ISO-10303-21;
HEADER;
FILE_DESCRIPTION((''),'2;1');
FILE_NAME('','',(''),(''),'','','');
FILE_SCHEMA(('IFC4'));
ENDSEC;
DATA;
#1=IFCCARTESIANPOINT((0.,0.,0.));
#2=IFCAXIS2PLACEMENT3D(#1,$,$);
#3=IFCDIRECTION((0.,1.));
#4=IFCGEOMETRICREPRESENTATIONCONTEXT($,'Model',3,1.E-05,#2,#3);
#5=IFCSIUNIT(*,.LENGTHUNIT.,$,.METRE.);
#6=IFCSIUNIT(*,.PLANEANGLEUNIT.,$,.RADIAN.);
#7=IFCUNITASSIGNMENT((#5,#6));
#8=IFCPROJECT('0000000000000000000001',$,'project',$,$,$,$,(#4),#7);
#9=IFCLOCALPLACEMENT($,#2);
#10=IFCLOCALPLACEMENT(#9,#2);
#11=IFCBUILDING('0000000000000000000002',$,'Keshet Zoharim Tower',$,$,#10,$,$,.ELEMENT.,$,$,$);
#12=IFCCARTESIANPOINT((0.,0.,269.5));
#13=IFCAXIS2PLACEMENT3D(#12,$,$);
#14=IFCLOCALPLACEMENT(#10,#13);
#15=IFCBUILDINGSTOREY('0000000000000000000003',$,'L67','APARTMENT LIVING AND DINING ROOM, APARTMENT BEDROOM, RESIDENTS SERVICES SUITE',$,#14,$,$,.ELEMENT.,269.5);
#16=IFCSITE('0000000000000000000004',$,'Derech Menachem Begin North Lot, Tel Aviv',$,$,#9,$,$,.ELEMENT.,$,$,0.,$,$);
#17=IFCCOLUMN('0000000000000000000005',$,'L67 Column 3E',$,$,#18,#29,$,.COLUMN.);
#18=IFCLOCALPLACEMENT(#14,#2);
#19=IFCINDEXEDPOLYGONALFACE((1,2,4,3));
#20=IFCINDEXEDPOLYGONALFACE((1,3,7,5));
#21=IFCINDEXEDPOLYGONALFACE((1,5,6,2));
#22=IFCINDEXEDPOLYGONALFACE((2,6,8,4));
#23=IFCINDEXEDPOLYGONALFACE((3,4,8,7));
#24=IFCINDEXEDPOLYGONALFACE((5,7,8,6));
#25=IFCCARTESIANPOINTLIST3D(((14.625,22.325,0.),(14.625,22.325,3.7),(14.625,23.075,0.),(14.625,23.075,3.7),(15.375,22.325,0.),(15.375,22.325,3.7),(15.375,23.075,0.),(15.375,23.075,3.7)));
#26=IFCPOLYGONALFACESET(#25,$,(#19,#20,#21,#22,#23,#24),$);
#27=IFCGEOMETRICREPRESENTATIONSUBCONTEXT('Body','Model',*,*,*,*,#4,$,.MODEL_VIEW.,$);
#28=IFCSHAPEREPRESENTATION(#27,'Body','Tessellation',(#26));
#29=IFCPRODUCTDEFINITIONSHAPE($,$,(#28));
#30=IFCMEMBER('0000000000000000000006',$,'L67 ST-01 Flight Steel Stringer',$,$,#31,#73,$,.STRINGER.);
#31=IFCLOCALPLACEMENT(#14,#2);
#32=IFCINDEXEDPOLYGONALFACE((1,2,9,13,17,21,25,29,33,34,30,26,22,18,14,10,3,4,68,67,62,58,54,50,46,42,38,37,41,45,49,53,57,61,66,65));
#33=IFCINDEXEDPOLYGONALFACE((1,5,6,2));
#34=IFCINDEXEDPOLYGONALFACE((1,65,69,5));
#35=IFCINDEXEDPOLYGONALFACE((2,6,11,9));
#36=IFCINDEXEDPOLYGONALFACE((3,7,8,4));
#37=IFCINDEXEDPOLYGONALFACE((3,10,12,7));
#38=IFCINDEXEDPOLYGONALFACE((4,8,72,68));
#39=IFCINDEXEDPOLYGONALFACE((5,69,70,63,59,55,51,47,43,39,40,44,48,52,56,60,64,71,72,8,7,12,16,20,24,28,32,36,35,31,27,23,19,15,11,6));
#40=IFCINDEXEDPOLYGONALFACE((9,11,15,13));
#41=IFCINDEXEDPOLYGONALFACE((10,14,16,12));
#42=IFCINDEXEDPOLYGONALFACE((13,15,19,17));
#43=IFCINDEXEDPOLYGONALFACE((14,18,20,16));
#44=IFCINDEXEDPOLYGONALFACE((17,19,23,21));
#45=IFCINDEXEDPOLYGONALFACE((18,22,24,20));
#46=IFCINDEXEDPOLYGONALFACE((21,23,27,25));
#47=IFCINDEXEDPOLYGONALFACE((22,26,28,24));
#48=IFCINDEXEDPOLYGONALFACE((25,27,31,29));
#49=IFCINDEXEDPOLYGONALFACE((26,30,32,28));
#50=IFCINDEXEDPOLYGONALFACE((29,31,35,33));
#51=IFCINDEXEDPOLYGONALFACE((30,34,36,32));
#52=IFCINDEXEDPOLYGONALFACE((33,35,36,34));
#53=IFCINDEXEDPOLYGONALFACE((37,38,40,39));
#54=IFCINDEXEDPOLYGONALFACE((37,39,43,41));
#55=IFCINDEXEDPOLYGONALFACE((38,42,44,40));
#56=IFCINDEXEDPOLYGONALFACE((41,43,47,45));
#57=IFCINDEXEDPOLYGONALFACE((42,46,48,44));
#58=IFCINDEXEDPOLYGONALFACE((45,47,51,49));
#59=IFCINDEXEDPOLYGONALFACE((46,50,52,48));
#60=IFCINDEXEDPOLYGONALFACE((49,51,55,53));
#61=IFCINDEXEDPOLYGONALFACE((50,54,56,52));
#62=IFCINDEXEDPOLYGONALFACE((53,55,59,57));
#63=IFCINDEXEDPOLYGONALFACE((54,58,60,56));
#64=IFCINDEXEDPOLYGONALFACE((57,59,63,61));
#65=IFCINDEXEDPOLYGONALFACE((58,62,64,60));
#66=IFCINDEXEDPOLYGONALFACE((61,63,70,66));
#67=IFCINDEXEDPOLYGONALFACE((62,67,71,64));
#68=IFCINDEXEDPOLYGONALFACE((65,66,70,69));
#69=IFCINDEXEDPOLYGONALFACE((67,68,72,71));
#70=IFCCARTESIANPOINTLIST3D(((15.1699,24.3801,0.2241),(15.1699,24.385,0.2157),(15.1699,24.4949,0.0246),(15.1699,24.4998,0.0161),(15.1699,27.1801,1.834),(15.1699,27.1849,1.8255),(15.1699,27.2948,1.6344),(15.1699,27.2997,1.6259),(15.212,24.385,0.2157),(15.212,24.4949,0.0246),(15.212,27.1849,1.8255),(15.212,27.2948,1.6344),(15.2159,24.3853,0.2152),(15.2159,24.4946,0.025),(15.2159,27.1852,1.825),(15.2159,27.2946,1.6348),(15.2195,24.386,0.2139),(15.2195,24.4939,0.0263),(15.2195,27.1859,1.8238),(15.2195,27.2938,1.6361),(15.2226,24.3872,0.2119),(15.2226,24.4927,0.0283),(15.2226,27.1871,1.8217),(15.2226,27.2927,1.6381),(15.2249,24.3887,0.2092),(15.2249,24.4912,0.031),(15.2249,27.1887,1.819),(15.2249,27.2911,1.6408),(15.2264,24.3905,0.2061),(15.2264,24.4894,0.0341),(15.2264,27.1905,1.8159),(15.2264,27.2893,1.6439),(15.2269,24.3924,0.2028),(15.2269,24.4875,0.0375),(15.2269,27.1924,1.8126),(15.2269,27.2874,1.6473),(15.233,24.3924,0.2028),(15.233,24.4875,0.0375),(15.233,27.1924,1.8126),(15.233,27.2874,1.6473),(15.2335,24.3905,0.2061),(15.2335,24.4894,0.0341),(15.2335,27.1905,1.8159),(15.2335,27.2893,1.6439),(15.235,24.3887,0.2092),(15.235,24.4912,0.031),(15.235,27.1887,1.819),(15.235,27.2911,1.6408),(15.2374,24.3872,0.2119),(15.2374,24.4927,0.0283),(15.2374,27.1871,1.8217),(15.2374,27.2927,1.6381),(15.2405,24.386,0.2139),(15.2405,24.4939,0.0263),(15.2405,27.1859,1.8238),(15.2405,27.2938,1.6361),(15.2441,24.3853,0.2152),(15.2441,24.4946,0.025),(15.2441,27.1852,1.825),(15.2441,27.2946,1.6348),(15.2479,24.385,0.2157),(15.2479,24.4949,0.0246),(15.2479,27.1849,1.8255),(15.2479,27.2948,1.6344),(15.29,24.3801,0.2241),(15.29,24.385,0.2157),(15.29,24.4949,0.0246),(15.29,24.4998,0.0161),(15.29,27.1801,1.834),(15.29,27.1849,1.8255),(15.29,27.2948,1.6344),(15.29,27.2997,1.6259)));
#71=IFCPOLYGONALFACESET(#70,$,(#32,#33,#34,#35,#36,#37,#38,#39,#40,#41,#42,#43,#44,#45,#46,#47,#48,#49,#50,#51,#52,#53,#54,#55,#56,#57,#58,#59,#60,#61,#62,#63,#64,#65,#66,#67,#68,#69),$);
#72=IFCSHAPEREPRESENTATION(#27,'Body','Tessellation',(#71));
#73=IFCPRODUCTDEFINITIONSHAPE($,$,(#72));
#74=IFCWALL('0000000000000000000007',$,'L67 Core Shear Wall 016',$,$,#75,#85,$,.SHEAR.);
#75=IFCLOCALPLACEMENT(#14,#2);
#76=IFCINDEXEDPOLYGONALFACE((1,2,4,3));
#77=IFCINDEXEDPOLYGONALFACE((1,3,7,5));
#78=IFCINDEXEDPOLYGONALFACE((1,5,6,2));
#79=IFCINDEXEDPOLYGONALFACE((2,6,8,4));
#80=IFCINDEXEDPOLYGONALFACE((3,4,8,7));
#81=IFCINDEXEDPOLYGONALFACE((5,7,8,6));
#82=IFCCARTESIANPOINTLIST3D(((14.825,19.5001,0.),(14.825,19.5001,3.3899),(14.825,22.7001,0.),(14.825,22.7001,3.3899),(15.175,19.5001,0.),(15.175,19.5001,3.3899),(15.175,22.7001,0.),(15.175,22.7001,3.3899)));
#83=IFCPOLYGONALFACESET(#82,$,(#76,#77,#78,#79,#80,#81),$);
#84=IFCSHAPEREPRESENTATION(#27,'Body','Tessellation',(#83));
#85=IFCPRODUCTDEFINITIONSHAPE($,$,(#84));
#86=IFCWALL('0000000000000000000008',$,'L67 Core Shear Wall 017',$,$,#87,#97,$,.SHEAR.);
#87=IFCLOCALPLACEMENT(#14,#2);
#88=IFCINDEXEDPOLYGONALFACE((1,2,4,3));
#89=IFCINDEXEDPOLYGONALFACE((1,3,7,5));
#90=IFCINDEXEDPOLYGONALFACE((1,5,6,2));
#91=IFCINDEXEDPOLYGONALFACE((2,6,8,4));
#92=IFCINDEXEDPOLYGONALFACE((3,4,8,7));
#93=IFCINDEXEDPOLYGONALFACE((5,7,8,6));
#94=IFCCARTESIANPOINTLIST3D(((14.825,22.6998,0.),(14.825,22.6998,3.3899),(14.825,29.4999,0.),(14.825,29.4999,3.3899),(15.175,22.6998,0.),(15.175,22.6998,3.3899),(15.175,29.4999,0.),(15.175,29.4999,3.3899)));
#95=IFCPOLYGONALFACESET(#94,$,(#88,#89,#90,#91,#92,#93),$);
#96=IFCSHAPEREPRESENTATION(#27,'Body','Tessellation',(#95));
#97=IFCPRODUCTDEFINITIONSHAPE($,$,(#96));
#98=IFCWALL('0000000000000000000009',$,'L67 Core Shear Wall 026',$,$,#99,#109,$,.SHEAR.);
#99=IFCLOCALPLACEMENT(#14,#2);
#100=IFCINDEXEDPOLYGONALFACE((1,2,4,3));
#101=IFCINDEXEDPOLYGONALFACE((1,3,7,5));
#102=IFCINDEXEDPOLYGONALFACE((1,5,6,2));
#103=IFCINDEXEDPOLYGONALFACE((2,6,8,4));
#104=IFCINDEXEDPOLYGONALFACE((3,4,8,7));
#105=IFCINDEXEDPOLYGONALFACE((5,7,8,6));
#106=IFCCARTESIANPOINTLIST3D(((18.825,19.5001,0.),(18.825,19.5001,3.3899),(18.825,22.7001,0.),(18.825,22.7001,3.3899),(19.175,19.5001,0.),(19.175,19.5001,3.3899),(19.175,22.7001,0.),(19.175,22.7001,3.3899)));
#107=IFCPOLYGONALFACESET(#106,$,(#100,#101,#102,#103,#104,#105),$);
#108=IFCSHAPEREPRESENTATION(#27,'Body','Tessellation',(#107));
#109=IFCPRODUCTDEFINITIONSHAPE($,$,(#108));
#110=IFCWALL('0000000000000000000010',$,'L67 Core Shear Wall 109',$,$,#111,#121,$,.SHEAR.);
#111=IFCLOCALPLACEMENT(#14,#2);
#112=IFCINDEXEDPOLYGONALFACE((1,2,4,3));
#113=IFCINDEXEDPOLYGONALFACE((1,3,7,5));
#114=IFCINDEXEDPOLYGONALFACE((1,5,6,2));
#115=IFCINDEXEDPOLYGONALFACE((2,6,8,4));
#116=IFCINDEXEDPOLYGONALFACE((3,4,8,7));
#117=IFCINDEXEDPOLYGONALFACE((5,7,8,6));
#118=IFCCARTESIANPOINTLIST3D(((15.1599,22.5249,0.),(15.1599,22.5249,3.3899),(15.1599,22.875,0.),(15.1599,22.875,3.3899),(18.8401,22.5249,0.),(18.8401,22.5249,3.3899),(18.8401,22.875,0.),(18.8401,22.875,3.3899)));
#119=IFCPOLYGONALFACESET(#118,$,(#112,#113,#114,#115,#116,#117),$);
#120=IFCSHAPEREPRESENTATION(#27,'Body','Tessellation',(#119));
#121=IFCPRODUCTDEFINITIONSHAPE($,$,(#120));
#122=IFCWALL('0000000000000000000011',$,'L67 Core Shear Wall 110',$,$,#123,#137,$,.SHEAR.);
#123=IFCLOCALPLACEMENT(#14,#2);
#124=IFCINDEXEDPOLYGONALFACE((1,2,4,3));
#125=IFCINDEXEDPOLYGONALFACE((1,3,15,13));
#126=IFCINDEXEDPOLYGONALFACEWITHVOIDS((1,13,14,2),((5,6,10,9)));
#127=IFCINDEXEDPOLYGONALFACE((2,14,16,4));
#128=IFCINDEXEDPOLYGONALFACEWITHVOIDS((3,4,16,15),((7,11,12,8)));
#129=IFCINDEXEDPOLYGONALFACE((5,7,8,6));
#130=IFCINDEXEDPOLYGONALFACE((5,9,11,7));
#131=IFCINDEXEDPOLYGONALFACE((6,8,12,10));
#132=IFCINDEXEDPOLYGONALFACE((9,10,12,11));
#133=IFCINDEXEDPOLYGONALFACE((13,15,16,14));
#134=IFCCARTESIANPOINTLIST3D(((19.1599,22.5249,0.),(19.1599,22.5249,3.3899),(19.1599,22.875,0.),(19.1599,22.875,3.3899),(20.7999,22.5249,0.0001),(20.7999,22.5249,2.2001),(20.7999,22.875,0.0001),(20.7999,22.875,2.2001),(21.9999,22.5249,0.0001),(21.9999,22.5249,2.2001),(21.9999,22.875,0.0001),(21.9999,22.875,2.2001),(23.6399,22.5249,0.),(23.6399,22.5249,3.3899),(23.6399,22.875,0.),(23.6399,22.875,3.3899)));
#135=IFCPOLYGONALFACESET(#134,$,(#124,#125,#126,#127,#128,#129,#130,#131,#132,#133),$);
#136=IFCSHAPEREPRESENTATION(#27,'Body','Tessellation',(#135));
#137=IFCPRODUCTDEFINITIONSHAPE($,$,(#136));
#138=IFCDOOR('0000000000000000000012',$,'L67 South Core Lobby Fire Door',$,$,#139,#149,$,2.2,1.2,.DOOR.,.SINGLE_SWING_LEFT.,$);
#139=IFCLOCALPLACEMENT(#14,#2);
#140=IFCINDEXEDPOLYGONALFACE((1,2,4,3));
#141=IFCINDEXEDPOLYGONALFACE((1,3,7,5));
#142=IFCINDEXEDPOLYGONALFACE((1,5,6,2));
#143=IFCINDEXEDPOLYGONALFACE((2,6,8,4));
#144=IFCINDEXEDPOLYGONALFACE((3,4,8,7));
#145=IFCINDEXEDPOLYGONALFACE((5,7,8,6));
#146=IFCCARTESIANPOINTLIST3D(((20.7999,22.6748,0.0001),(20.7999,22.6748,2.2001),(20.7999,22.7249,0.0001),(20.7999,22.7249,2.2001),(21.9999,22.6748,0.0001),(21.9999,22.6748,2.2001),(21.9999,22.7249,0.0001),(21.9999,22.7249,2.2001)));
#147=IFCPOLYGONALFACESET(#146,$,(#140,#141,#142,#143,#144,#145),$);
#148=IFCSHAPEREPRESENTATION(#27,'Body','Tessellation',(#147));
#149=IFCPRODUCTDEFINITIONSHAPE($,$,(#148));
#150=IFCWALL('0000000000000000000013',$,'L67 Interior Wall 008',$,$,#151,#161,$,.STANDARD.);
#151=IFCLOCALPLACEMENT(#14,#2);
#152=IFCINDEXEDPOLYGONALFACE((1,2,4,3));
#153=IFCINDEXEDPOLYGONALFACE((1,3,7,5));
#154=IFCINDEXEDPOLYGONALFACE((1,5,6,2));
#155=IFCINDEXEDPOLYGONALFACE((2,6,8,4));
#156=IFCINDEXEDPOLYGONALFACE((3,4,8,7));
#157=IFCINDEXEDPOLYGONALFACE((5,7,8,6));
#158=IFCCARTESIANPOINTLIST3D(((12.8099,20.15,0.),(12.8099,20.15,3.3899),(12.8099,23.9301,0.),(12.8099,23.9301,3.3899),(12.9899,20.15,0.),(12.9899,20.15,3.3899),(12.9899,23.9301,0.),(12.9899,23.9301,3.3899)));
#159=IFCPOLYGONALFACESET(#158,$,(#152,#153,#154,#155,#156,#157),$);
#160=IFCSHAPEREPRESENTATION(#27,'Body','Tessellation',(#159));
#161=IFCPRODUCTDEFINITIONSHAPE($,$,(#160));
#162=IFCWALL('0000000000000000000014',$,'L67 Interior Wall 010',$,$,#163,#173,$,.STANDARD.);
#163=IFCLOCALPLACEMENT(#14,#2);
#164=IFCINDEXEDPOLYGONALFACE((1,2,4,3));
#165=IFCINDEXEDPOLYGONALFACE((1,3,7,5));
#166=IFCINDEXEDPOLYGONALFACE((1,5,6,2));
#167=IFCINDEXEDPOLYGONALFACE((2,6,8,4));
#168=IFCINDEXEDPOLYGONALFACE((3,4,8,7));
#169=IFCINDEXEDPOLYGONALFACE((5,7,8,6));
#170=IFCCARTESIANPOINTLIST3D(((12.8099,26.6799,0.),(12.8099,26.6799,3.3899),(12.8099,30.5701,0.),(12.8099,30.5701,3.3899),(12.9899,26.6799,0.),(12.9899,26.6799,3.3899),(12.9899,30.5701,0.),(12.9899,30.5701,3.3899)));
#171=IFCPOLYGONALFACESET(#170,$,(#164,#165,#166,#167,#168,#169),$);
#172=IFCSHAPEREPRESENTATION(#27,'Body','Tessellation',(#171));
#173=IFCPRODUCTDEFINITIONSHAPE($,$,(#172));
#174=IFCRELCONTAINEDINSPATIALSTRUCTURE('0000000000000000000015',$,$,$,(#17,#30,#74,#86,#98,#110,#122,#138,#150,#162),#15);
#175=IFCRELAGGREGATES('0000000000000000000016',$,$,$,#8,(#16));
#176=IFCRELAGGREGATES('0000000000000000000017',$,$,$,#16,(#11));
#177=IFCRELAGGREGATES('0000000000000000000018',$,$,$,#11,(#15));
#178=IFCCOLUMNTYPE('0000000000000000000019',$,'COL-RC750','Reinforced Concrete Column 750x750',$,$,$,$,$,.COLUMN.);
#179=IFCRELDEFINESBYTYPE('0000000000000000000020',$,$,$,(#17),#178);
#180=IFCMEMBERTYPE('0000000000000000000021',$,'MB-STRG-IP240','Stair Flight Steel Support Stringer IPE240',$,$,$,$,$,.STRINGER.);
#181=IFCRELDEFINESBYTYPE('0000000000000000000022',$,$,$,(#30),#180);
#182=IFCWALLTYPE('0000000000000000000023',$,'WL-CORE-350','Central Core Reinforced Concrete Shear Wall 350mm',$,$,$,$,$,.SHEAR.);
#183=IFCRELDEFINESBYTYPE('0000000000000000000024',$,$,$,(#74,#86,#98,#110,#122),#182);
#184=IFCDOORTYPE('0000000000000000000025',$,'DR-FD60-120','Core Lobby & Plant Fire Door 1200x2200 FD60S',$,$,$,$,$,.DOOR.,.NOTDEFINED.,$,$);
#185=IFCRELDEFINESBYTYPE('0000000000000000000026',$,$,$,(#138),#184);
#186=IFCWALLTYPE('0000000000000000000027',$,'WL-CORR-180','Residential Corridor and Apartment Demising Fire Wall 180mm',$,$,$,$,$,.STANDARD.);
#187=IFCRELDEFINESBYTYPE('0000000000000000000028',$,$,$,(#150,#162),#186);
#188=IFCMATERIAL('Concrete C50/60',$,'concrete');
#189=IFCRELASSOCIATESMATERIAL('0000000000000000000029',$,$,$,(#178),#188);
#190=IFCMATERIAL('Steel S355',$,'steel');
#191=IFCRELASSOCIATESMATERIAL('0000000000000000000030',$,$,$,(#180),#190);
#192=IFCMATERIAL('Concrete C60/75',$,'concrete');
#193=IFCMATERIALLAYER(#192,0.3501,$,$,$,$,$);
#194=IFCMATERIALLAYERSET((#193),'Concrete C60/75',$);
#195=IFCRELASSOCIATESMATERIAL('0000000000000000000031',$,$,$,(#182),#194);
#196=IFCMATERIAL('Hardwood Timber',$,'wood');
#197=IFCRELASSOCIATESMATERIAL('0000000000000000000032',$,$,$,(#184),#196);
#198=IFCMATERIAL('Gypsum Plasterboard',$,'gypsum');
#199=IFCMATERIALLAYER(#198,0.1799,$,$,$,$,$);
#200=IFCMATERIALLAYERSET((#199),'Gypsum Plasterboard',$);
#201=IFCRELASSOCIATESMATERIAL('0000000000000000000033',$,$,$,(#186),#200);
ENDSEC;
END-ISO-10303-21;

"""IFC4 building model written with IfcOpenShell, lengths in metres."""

from ifc_helpers import new_model, si_unit, direction, frame, frame_2d, origin, origin_2d, place, context, subcontext, project, spatial, rectangle, i_section, extrude, material, layer, layer_set, material_profile, profile_set, type_object, element, fill, save


model = new_model("IFC4")

# Units and contexts
model_context = context("Model", 3, precision=1e-05, world=origin(), true_north=direction((0.0, 1.0)))
body_context = subcontext(model_context, "Body", "Model", "MODEL_VIEW")
ifc_project = project(units=[si_unit("LENGTHUNIT", "METRE"), si_unit("PLANEANGLEUNIT", "RADIAN")], contexts=[model_context])

# Site, building, storey
site_placement = place(None, origin())
site = spatial("IfcSite", under=ifc_project, at=site_placement, Name="Derech Menachem Begin North Lot, Tel Aviv", CompositionType="ELEMENT", RefElevation=0.0)
building_placement = place(site_placement, origin())
building = spatial("IfcBuilding", under=site, at=building_placement, Name="Keshet Zoharim Tower", CompositionType="ELEMENT")
storey_placement = place(building_placement, frame((0.0, 0.0, 269.5)))
storey = spatial("IfcBuildingStorey", under=building, at=storey_placement, Name="L67", Description="APARTMENT LIVING AND DINING ROOM, APARTMENT BEDROOM, RESIDENTS SERVICES SUITE", CompositionType="ELEMENT", Elevation=269.5)

# Column
ifc_material_1 = material(Name="Concrete C50/60", Category="concrete")
ifc_material_profile_1 = material_profile(ifc_material_1, rectangle(XDim=0.75, YDim=0.75, at=origin_2d()), Name="RC750x750")
ifc_profile_set_1 = profile_set([ifc_material_profile_1], Name="Concrete C50/60")
column_type = type_object("IfcColumnType", Name="COL-RC750", Description="Reinforced Concrete Column 750x750", PredefinedType="COLUMN", material=ifc_profile_set_1)
column_placement = place(storey_placement, frame((15.0, 22.7, 0.0), z_axis=(0.0, 0.0, 1.0), x_axis=(1.0, 0.0, 0.0)))
element("IfcColumn", 1, at=column_placement, inside=storey, type_object=column_type, Name="L67 Column 3E", PredefinedType="COLUMN", context=body_context, shape_type="SweptSolid", body=[
    extrude(rectangle(XDim=0.75, YDim=0.75, at=origin_2d()), origin(), (0.0, 0.0, 1.0), 3.7),
])

# Member
ifc_material_2 = material(Name="Steel S355", Category="steel")
ifc_material_profile_2 = material_profile(ifc_material_2, i_section(OverallWidth=0.1201, OverallDepth=0.24, WebThickness=0.0061, FlangeThickness=0.0098, FilletRadius=0.0149, at=origin_2d()), Name="IPE240")
ifc_profile_set_2 = profile_set([ifc_material_profile_2], Name="Steel S355")
member_type = type_object("IfcMemberType", Name="MB-STRG-IP240", Description="Stair Flight Steel Support Stringer IPE240", PredefinedType="STRINGER", material=ifc_profile_set_2)
member_placement = place(storey_placement, frame((15.23, 24.4399, 0.1201), z_axis=(0.0, 0.866928, 0.498433), x_axis=(-1.0, 0.0, 0.0)))
element("IfcMember", 2, at=member_placement, inside=storey, type_object=member_type, Name="L67 ST-01 Flight Steel Stringer", PredefinedType="STRINGER", context=body_context, shape_type="SweptSolid", body=[
    extrude(i_section(OverallWidth=0.1201, OverallDepth=0.24, WebThickness=0.0061, FlangeThickness=0.0098, FilletRadius=0.0149, at=origin_2d()), origin(), (0.0, 0.0, 1.0), 3.2297),
])

# Walls
ifc_material_3 = material(Name="Concrete C60/75", Category="concrete")
ifc_layer_1 = layer(ifc_material_3, 0.3501)
ifc_layer_set_1 = layer_set([ifc_layer_1], Name="Concrete C60/75")
wall_type_1 = type_object("IfcWallType", Name="WL-CORE-350", Description="Central Core Reinforced Concrete Shear Wall 350mm", PredefinedType="SHEAR", material=ifc_layer_set_1)
wall_1_placement = place(storey_placement, frame((15.0, 19.5, 0.0), z_axis=(0.0, 0.0, 1.0), x_axis=(0.0, 1.0, 0.0)))
element("IfcWall", 3, at=wall_1_placement, inside=storey, type_object=wall_type_1, Name="L67 Core Shear Wall 016", PredefinedType="SHEAR", context=body_context, shape_type="SweptSolid", body=[
    extrude(rectangle(XDim=3.2, YDim=0.3501, at=frame_2d((1.6001, 0.0))), origin(), (0.0, 0.0, 1.0), 3.3899),
])
wall_2_placement = place(storey_placement, frame((15.0, 22.7, 0.0), z_axis=(0.0, 0.0, 1.0), x_axis=(0.0, 1.0, 0.0)))
element("IfcWall", 4, at=wall_2_placement, inside=storey, type_object=wall_type_1, Name="L67 Core Shear Wall 017", PredefinedType="SHEAR", context=body_context, shape_type="SweptSolid", body=[
    extrude(rectangle(XDim=6.8, YDim=0.3501, at=frame_2d((3.3999, 0.0))), origin(), (0.0, 0.0, 1.0), 3.3899),
])
wall_3_placement = place(storey_placement, frame((19.0, 19.5, 0.0), z_axis=(0.0, 0.0, 1.0), x_axis=(0.0, 1.0, 0.0)))
element("IfcWall", 5, at=wall_3_placement, inside=storey, type_object=wall_type_1, Name="L67 Core Shear Wall 026", PredefinedType="SHEAR", context=body_context, shape_type="SweptSolid", body=[
    extrude(rectangle(XDim=3.2, YDim=0.3501, at=frame_2d((1.6001, 0.0))), origin(), (0.0, 0.0, 1.0), 3.3899),
])

# Shared definitions
ifc_material_4 = material(Name="Hardwood Timber", Category="wood")

# Wall
wall_4_placement = place(storey_placement, frame((15.1599, 22.7, 0.0), z_axis=(0.0, 0.0, 1.0), x_axis=(1.0, 0.0, 0.0)))
element("IfcWall", 6, at=wall_4_placement, inside=storey, type_object=wall_type_1, Name="L67 Core Shear Wall 109", PredefinedType="SHEAR", context=body_context, shape_type="SweptSolid", body=[
    extrude(rectangle(XDim=3.6802, YDim=0.3501, at=frame_2d((1.8401, 0.0))), origin(), (0.0, 0.0, 1.0), 3.3899),
])

# Wall, opening, door
wall_5_placement = place(storey_placement, frame((19.1599, 22.7, 0.0), z_axis=(0.0, 0.0, 1.0), x_axis=(1.0, 0.0, 0.0)))
wall_5 = element("IfcWall", 7, at=wall_5_placement, inside=storey, type_object=wall_type_1, Name="L67 Core Shear Wall 110", PredefinedType="SHEAR", context=body_context, shape_type="SweptSolid", body=[
    extrude(rectangle(XDim=4.48, YDim=0.3501, at=frame_2d((2.24, 0.0))), origin(), (0.0, 0.0, 1.0), 3.3899),
])
opening_1_placement = place(wall_5_placement, frame((1.6399, 0.0, 0.0)))
opening_1 = element("IfcOpeningElement", 8, at=opening_1_placement, cuts=wall_5, PredefinedType="OPENING", context=body_context, shape_type="SweptSolid", body=[
    extrude(rectangle(XDim=1.2, YDim=2.2, at=frame_2d((0.6001, 1.1001))), frame((0.0, 0.1851, 0.0), z_axis=(0.0, -1.0, 0.0), x_axis=(1.0, 0.0, 0.0)), (0.0, 0.0, 1.0), 0.3701),
])
door_type_1 = type_object("IfcDoorType", Name="DR-FD60-120", Description="Core Lobby & Plant Fire Door 1200x2200 FD60S", OperationType="NOTDEFINED", PredefinedType="DOOR", material=ifc_material_4)
door_1_placement = place(opening_1_placement, origin())
door_1 = element("IfcDoor", 9, at=door_1_placement, inside=storey, type_object=door_type_1, Name="L67 South Core Lobby Fire Door", OperationType="SINGLE_SWING_LEFT", OverallHeight=2.2, OverallWidth=1.2, PredefinedType="DOOR", context=body_context, shape_type="SweptSolid", body=[
    extrude(rectangle(XDim=1.2, YDim=2.2, at=frame_2d((0.6001, 1.1001))), frame((0.0, 0.0249, 0.0), z_axis=(0.0, -1.0, 0.0), x_axis=(1.0, 0.0, 0.0)), (0.0, 0.0, 1.0), 0.05),
])
fill(opening_1, door_1)

# Wall
ifc_material_5 = material(Name="Gypsum Plasterboard", Category="gypsum")
ifc_layer_2 = layer(ifc_material_5, 0.1799)
ifc_layer_set_2 = layer_set([ifc_layer_2], Name="Gypsum Plasterboard")
wall_type_2 = type_object("IfcWallType", Name="WL-CORR-180", Description="Residential Corridor and Apartment Demising Fire Wall 180mm", PredefinedType="STANDARD", material=ifc_layer_set_2)
wall_6_placement = place(storey_placement, frame((12.8999, 20.1499, 0.0), z_axis=(0.0, 0.0, 1.0), x_axis=(0.0, 1.0, 0.0)))
element("IfcWall", 10, at=wall_6_placement, inside=storey, type_object=wall_type_2, Name="L67 Interior Wall 008", PredefinedType="STANDARD", context=body_context, shape_type="SweptSolid", body=[
    extrude(rectangle(XDim=3.78, YDim=0.1799, at=frame_2d((1.8901, 0.0))), origin(), (0.0, 0.0, 1.0), 3.3899),
])

# Wall
wall_7_placement = place(storey_placement, frame((12.8999, 26.6799, 0.0), z_axis=(0.0, 0.0, 1.0), x_axis=(0.0, 1.0, 0.0)))
element("IfcWall", 11, at=wall_7_placement, inside=storey, type_object=wall_type_2, Name="L67 Interior Wall 010", PredefinedType="STANDARD", context=body_context, shape_type="SweptSolid", body=[
    extrude(rectangle(XDim=3.8901, YDim=0.1799, at=frame_2d((1.9451, 0.0))), origin(), (0.0, 0.0, 1.0), 3.3899),
])

save(model, "model.ifc")
